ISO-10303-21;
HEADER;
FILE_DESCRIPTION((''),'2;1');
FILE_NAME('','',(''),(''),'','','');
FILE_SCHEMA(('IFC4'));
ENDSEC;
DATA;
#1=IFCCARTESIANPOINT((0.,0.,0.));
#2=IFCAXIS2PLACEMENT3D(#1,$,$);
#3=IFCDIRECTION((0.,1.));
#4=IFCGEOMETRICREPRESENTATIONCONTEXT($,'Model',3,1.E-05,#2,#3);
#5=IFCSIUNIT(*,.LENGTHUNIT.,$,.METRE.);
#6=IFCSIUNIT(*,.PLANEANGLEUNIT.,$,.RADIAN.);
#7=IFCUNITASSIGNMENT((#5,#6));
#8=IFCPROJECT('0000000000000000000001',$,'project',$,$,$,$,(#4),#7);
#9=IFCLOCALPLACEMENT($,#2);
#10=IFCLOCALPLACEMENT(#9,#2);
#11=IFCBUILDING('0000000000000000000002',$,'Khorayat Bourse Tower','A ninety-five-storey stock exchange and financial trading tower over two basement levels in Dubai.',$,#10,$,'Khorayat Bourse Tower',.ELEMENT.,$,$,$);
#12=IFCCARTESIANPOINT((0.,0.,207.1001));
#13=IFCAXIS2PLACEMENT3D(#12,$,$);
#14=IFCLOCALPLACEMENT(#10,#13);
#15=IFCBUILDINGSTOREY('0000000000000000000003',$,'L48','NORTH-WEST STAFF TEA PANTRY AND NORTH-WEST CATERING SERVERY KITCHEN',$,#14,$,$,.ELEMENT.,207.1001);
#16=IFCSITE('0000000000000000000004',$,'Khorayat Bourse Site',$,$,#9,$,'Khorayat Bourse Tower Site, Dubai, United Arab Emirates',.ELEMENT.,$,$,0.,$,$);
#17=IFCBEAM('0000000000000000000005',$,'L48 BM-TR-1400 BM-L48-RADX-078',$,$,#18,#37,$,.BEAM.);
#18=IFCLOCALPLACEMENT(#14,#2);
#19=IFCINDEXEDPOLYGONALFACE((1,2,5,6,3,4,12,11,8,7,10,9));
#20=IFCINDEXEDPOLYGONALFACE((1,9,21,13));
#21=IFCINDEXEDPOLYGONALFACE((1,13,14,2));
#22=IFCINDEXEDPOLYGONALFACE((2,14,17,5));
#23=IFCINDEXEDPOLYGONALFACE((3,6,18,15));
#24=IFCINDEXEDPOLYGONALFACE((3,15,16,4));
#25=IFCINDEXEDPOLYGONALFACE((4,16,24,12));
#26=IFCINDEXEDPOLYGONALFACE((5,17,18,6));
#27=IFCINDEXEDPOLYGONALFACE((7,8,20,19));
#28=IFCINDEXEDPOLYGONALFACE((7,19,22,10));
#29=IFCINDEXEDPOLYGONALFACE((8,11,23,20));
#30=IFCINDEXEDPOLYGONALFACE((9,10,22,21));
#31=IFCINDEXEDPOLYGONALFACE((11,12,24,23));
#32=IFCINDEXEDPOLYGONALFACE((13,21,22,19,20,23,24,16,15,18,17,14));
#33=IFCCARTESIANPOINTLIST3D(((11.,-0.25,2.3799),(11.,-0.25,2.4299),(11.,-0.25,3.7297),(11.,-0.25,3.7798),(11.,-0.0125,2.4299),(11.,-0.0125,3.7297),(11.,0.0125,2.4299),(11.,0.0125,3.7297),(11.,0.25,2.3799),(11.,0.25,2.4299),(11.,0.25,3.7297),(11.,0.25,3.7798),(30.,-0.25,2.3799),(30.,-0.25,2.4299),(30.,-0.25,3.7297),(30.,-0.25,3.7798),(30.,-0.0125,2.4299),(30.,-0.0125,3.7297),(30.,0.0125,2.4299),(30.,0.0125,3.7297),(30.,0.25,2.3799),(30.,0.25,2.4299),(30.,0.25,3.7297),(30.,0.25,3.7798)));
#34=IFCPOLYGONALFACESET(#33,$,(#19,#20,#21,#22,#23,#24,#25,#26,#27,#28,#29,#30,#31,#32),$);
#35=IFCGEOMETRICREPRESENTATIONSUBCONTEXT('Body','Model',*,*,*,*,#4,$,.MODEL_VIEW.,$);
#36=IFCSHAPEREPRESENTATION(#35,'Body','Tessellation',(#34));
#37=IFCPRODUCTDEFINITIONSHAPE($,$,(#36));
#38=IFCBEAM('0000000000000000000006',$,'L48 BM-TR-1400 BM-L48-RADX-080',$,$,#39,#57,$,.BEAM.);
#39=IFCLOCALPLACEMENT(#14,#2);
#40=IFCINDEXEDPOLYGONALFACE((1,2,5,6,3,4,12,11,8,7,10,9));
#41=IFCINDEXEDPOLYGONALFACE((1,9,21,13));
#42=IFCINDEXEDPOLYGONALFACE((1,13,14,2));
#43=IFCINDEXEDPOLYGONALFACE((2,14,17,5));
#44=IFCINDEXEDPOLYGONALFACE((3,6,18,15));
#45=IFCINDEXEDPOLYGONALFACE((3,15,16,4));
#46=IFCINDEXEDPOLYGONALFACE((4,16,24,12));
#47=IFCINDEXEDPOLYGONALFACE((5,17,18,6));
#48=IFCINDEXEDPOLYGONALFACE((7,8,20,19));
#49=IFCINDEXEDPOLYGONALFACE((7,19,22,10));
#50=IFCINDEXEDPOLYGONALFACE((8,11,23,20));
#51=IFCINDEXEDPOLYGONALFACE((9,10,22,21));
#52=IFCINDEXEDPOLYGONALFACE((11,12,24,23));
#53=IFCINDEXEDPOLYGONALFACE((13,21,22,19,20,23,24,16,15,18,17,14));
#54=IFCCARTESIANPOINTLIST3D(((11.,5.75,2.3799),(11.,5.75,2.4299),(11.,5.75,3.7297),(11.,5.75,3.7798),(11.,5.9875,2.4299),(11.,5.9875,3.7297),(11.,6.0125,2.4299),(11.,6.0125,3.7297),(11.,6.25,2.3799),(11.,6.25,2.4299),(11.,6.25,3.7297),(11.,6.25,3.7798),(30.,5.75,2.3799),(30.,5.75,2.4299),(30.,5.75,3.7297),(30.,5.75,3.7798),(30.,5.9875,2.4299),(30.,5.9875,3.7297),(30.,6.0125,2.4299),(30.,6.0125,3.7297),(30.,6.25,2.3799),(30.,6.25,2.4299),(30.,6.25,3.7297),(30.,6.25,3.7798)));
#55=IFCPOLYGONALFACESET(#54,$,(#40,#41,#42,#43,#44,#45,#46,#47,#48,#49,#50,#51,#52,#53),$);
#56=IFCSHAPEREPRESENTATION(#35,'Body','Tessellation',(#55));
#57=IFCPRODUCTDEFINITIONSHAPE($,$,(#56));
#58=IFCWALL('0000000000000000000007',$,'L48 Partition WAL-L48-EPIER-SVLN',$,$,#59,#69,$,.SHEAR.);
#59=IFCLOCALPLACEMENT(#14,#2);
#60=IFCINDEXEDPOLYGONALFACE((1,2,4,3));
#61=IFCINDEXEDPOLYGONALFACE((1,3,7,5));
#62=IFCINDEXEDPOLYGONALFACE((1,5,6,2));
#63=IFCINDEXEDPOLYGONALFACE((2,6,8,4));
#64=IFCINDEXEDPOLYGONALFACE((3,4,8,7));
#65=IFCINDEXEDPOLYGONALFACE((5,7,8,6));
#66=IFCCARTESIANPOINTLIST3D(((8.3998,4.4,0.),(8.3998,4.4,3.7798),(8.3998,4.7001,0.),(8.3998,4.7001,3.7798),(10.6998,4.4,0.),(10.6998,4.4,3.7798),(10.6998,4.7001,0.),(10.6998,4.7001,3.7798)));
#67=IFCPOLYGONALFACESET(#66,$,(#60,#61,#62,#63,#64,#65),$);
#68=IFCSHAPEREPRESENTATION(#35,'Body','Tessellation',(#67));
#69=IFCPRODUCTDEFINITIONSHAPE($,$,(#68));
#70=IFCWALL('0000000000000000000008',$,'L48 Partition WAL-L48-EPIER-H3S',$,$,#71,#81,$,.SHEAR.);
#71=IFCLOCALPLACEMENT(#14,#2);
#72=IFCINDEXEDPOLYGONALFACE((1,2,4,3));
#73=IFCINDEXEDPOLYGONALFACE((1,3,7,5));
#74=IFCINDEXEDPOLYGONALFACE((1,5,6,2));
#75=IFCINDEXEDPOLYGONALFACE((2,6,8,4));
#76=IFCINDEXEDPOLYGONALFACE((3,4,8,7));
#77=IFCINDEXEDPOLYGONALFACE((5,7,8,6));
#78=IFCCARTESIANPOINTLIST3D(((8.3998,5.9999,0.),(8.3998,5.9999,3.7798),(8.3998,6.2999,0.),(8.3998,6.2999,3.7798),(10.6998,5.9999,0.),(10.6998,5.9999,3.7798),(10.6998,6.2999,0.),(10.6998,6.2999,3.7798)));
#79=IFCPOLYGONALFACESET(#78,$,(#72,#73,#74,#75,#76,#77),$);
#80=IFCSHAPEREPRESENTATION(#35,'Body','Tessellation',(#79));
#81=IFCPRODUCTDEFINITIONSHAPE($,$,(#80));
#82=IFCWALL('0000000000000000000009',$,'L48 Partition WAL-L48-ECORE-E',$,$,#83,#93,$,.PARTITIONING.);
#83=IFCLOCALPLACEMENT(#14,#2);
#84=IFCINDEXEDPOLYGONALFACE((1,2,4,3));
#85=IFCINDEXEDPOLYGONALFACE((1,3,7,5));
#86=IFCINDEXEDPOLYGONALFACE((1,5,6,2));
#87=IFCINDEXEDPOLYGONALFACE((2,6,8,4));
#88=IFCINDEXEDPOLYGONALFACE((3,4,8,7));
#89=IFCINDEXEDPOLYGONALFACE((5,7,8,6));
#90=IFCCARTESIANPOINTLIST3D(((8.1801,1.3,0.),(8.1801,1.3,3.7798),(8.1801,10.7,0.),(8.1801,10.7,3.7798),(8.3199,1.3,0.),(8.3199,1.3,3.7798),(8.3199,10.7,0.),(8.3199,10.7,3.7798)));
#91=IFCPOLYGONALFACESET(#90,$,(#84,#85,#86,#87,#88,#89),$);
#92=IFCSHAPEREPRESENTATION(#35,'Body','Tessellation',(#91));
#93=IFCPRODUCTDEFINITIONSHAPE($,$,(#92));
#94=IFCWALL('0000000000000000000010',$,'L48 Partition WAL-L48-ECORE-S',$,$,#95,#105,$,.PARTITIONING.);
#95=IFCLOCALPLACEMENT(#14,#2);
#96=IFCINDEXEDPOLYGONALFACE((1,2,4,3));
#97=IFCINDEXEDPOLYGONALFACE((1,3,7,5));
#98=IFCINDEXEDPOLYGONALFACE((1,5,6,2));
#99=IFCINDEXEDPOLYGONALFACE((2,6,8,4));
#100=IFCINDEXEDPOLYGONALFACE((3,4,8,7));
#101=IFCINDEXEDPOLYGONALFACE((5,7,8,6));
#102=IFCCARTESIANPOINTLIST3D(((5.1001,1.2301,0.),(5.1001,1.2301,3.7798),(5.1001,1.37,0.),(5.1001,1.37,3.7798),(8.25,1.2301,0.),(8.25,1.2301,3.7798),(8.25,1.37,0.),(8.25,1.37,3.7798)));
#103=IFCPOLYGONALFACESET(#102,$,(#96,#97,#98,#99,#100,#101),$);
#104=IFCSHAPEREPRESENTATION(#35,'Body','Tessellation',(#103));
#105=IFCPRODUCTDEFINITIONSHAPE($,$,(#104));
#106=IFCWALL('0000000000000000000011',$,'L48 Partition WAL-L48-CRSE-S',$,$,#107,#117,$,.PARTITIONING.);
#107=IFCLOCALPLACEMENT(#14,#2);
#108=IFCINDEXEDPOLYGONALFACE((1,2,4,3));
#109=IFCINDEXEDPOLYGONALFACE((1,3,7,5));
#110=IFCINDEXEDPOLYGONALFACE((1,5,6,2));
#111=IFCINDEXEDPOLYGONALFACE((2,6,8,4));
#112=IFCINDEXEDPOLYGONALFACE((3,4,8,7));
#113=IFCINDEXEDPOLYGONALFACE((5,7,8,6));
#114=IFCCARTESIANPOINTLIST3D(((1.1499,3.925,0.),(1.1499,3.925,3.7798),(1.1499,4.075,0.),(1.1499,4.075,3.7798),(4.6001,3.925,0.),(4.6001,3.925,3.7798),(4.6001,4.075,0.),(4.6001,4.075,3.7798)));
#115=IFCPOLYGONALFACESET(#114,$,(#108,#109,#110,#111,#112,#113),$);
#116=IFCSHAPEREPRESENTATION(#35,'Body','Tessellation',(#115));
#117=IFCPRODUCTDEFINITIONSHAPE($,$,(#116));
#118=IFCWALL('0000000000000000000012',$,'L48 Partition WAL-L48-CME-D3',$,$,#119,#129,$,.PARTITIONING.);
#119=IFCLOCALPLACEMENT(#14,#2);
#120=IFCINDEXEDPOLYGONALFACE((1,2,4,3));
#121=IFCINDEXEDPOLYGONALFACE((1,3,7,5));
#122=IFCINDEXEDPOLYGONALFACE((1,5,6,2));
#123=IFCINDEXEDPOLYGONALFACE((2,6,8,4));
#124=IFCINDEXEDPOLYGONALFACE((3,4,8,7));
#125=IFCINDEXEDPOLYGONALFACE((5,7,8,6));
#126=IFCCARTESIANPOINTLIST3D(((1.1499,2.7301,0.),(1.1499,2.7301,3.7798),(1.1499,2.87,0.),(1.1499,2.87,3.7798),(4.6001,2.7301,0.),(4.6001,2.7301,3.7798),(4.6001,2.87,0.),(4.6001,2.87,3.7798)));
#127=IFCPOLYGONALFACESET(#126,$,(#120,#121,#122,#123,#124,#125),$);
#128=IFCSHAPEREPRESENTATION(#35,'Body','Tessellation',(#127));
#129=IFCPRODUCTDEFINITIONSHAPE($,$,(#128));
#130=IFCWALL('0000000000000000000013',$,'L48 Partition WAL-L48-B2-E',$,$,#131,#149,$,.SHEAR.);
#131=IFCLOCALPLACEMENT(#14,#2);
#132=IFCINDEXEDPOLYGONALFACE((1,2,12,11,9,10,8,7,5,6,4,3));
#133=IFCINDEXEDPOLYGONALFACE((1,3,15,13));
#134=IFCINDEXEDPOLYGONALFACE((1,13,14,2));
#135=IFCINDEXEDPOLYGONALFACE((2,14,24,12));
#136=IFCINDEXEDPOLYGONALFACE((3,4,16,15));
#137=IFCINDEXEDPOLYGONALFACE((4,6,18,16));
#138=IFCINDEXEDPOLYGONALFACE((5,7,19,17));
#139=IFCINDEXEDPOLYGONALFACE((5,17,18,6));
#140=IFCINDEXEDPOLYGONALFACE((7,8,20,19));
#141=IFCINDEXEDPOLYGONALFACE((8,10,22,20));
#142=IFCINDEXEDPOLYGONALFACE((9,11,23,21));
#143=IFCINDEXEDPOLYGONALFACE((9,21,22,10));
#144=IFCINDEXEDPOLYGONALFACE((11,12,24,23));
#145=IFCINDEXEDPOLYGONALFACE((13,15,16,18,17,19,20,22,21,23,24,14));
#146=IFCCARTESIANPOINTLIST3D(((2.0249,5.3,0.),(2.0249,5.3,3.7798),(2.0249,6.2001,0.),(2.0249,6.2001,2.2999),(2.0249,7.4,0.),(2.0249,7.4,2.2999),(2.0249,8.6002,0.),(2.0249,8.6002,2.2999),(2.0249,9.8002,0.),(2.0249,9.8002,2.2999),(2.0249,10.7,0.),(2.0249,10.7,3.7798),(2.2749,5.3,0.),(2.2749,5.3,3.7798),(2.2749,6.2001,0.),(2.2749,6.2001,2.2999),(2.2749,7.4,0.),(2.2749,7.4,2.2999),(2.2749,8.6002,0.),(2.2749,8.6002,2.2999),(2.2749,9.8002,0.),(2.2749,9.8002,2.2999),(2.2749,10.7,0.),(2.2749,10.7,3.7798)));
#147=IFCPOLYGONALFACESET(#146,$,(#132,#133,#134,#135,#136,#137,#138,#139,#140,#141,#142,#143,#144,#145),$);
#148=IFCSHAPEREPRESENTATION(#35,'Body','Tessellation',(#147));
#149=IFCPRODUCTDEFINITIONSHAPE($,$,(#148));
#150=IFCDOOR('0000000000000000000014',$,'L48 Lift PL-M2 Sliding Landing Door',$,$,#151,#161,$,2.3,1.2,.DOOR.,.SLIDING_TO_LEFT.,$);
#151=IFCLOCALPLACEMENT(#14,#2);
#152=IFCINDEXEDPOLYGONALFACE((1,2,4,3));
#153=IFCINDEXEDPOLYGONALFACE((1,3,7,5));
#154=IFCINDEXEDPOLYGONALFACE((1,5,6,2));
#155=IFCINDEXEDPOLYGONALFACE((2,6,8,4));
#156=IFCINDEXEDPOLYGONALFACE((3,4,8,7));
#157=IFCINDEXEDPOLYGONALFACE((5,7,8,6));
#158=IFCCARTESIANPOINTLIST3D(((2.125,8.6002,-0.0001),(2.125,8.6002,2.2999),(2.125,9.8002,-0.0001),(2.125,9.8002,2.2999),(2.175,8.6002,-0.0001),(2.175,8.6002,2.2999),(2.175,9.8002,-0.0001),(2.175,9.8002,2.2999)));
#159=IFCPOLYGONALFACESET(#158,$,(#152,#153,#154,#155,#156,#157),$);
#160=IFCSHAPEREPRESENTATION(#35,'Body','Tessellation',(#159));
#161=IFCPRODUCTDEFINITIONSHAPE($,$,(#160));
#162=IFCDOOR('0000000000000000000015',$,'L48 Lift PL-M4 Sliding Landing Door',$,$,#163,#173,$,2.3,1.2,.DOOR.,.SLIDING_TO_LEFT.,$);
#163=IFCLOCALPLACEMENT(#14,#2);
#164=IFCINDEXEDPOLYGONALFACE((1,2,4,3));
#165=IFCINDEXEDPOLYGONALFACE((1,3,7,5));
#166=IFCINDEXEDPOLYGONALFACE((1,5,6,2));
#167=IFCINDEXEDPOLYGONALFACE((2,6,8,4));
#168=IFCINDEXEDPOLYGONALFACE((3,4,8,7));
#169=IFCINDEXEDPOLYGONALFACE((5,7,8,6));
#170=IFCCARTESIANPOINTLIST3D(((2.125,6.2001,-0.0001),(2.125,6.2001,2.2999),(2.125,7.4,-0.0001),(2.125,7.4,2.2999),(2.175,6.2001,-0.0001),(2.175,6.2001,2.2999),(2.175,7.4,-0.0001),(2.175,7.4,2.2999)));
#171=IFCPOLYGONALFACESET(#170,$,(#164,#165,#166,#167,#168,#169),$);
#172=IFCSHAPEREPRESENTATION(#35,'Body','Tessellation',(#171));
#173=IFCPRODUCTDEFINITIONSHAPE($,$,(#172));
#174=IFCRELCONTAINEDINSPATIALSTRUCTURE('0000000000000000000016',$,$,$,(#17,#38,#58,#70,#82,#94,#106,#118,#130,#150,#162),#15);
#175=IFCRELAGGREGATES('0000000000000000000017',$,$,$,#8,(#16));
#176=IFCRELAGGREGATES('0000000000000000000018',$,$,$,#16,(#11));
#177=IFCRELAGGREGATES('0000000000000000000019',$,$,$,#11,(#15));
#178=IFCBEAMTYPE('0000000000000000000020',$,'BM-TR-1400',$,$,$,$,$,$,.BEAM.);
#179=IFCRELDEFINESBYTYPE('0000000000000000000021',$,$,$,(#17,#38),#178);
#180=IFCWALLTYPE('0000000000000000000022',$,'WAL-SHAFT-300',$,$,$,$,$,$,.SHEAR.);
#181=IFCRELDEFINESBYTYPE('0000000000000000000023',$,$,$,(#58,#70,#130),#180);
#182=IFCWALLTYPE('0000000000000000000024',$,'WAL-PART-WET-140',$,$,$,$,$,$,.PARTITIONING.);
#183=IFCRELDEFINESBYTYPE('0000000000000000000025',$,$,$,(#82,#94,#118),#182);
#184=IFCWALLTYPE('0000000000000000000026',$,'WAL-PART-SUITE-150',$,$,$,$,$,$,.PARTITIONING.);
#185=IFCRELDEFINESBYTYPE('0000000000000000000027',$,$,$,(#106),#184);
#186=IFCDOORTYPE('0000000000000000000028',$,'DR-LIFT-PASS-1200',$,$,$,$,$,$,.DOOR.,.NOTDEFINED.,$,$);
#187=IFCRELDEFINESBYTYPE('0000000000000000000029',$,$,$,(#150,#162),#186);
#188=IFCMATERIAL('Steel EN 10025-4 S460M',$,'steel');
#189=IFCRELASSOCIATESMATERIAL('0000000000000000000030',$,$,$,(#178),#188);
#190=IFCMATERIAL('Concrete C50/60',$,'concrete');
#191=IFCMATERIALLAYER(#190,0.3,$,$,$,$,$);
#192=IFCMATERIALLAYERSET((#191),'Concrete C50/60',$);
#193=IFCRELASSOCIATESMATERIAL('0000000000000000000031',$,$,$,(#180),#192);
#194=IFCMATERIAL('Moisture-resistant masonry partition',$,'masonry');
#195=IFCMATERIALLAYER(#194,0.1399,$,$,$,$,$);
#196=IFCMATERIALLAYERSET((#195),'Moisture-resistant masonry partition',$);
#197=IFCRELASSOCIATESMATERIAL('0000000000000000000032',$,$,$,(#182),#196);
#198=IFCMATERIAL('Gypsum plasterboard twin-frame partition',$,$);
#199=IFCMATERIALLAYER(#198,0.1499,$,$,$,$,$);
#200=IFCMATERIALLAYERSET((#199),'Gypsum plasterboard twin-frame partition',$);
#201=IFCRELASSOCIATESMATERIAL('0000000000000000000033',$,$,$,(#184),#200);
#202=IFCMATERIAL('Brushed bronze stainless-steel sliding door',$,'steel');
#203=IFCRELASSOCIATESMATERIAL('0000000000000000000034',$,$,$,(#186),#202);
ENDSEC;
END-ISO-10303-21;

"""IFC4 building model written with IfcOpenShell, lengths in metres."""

from ifc_helpers import new_model, si_unit, direction, frame, frame_2d, origin, origin_2d, place, context, subcontext, project, spatial, rectangle, i_section, extrude, source, transform, mapped, material, layer, layer_set, material_profile, profile_set, type_object, element, fill, save


model = new_model("IFC4")

# Units and contexts
model_context = context("Model", 3, precision=1e-05, world=origin(), true_north=direction((0.0, 1.0)))
body_context = subcontext(model_context, "Body", "Model", "MODEL_VIEW")
ifc_project = project(units=[si_unit("LENGTHUNIT", "METRE"), si_unit("PLANEANGLEUNIT", "RADIAN")], contexts=[model_context])

# Site, building, storey
site_placement = place(None, origin())
site = spatial("IfcSite", under=ifc_project, at=site_placement, Name="Khorayat Bourse Site", LongName="Khorayat Bourse Tower Site, Dubai, United Arab Emirates", CompositionType="ELEMENT", RefElevation=0.0)
building_placement = place(site_placement, origin())
building = spatial("IfcBuilding", under=site, at=building_placement, Name="Khorayat Bourse Tower", Description="A ninety-five-storey stock exchange and financial trading tower over two basement levels in Dubai.", LongName="Khorayat Bourse Tower", CompositionType="ELEMENT")
storey_placement = place(building_placement, frame((0.0, 0.0, 207.1001)))
storey = spatial("IfcBuildingStorey", under=building, at=storey_placement, Name="L48", Description="NORTH-WEST STAFF TEA PANTRY AND NORTH-WEST CATERING SERVERY KITCHEN", CompositionType="ELEMENT", Elevation=207.1001)

# Beams
ifc_material_1 = material(Name="Steel EN 10025-4 S460M", Category="steel")
ifc_material_profile_1 = material_profile(ifc_material_1, i_section(OverallWidth=0.5, OverallDepth=1.3999, WebThickness=0.0249, FlangeThickness=0.05, at=origin_2d()), Name="PG 1400x500x25x50")
ifc_profile_set_1 = profile_set([ifc_material_profile_1], Name="Steel EN 10025-4 S460M")
beam_type_1 = type_object("IfcBeamType", Name="BM-TR-1400", PredefinedType="BEAM", material=ifc_profile_set_1)
shared_shape_1 = source(origin(), body_context, "Body", "SweptSolid", [
    extrude(i_section(OverallWidth=0.5, OverallDepth=1.3999, WebThickness=0.0249, FlangeThickness=0.05, at=origin_2d()), origin(), (0.0, 0.0, 1.0), 19.0),
])
for number, where, z_axis, x_axis, name in (
    (1, (11.0, 0.0, 3.0798), (1.0, 0.0, 0.0), (0.0, 1.0, 0.0), "L48 BM-TR-1400 BM-L48-RADX-078"),
    (2, (11.0, 6.0, 3.0798), (1.0, 0.0, 0.0), (0.0, 1.0, 0.0), "L48 BM-TR-1400 BM-L48-RADX-080"),
):
    element("IfcBeam", number, at=place(storey_placement, frame(where, z_axis=z_axis, x_axis=x_axis)), inside=storey, type_object=beam_type_1, Name=name, PredefinedType="BEAM", context=body_context, shape_type="MappedRepresentation", body=[
        mapped(shared_shape_1, transform((0.0, 0.0, 0.0), scale=1.0)),
    ])

# Walls
ifc_material_2 = material(Name="Concrete C50/60", Category="concrete")
ifc_layer_1 = layer(ifc_material_2, 0.3)
ifc_layer_set_1 = layer_set([ifc_layer_1], Name="Concrete C50/60")
wall_type_1 = type_object("IfcWallType", Name="WAL-SHAFT-300", PredefinedType="SHEAR", material=ifc_layer_set_1)
shared_shape_2 = source(origin(), body_context, "Body", "SweptSolid", [
    extrude(rectangle(XDim=2.3, YDim=0.3, at=frame_2d((1.1499, 0.0))), origin(), (0.0, 0.0, 1.0), 3.7798),
])
for number, where, z_axis, x_axis, name in (
    (3, (8.3999, 4.55, 0.0), (0.0, 0.0, 1.0), (1.0, 0.0, 0.0), "L48 Partition WAL-L48-EPIER-SVLN"),
    (4, (8.3999, 6.1499, 0.0), (0.0, 0.0, 1.0), (1.0, 0.0, 0.0), "L48 Partition WAL-L48-EPIER-H3S"),
):
    element("IfcWall", number, at=place(storey_placement, frame(where, z_axis=z_axis, x_axis=x_axis)), inside=storey, type_object=wall_type_1, Name=name, PredefinedType="SHEAR", context=body_context, shape_type="MappedRepresentation", body=[
        mapped(shared_shape_2, transform((0.0, 0.0, 0.0), scale=1.0)),
    ])
ifc_material_3 = material(Name="Moisture-resistant masonry partition", Category="masonry")
ifc_layer_2 = layer(ifc_material_3, 0.1399)
ifc_layer_set_2 = layer_set([ifc_layer_2], Name="Moisture-resistant masonry partition")
wall_type_2 = type_object("IfcWallType", Name="WAL-PART-WET-140", PredefinedType="PARTITIONING", material=ifc_layer_set_2)
shared_shape_3 = source(origin(), body_context, "Body", "SweptSolid", [
    extrude(rectangle(XDim=9.3999, YDim=0.1399, at=frame_2d((4.7, 0.0))), origin(), (0.0, 0.0, 1.0), 3.7798),
])
wall_1_placement = place(storey_placement, frame((8.25, 1.3, 0.0), z_axis=(0.0, 0.0, 1.0), x_axis=(0.0, 1.0, 0.0)))
element("IfcWall", 5, at=wall_1_placement, inside=storey, type_object=wall_type_2, Name="L48 Partition WAL-L48-ECORE-E", PredefinedType="PARTITIONING", context=body_context, shape_type="MappedRepresentation", body=[
    mapped(shared_shape_3, transform((0.0, 0.0, 0.0), scale=1.0)),
])
shared_shape_4 = source(origin(), body_context, "Body", "SweptSolid", [
    extrude(rectangle(XDim=3.1499, YDim=0.1399, at=frame_2d((1.575, 0.0))), origin(), (0.0, 0.0, 1.0), 3.7798),
])
wall_2_placement = place(storey_placement, frame((5.1001, 1.3, 0.0), z_axis=(0.0, 0.0, 1.0), x_axis=(1.0, 0.0, 0.0)))
element("IfcWall", 6, at=wall_2_placement, inside=storey, type_object=wall_type_2, Name="L48 Partition WAL-L48-ECORE-S", PredefinedType="PARTITIONING", context=body_context, shape_type="MappedRepresentation", body=[
    mapped(shared_shape_4, transform((0.0, 0.0, 0.0), scale=1.0)),
])

# Walls
ifc_material_4 = material(Name="Gypsum plasterboard twin-frame partition")
ifc_layer_3 = layer(ifc_material_4, 0.1499)
ifc_layer_set_3 = layer_set([ifc_layer_3], Name="Gypsum plasterboard twin-frame partition")
wall_type_3 = type_object("IfcWallType", Name="WAL-PART-SUITE-150", PredefinedType="PARTITIONING", material=ifc_layer_set_3)
shared_shape_5 = source(origin(), body_context, "Body", "SweptSolid", [
    extrude(rectangle(XDim=3.4502, YDim=0.1499, at=frame_2d((1.7251, 0.0))), origin(), (0.0, 0.0, 1.0), 3.7798),
])
wall_3_placement = place(storey_placement, frame((1.1499, 4.0, 0.0), z_axis=(0.0, 0.0, 1.0), x_axis=(1.0, 0.0, 0.0)))
element("IfcWall", 7, at=wall_3_placement, inside=storey, type_object=wall_type_3, Name="L48 Partition WAL-L48-CRSE-S", PredefinedType="PARTITIONING", context=body_context, shape_type="MappedRepresentation", body=[
    mapped(shared_shape_5, transform((0.0, 0.0, 0.0), scale=1.0)),
])
shared_shape_6 = source(origin(), body_context, "Body", "SweptSolid", [
    extrude(rectangle(XDim=3.4502, YDim=0.1399, at=frame_2d((1.7251, 0.0))), origin(), (0.0, 0.0, 1.0), 3.7798),
])
wall_4_placement = place(storey_placement, frame((1.1499, 2.8, 0.0), z_axis=(0.0, 0.0, 1.0), x_axis=(1.0, 0.0, 0.0)))
element("IfcWall", 8, at=wall_4_placement, inside=storey, type_object=wall_type_2, Name="L48 Partition WAL-L48-CME-D3", PredefinedType="PARTITIONING", context=body_context, shape_type="MappedRepresentation", body=[
    mapped(shared_shape_6, transform((0.0, 0.0, 0.0), scale=1.0)),
])

# Wall, openings, doors
shared_shape_7 = source(origin(), body_context, "Body", "SweptSolid", [
    extrude(rectangle(XDim=5.3999, YDim=0.25, at=frame_2d((2.7, 0.0))), origin(), (0.0, 0.0, 1.0), 3.7798),
])
wall_5_placement = place(storey_placement, frame((2.1499, 5.3, 0.0), z_axis=(0.0, 0.0, 1.0), x_axis=(0.0, 1.0, 0.0)))
wall_5 = element("IfcWall", 9, at=wall_5_placement, inside=storey, type_object=wall_type_1, Name="L48 Partition WAL-L48-B2-E", PredefinedType="SHEAR", context=body_context, shape_type="MappedRepresentation", body=[
    mapped(shared_shape_7, transform((0.0, 0.0, 0.0), scale=1.0)),
])
shared_shape_8 = source(origin(), body_context, "Body", "SweptSolid", [
    extrude(rectangle(XDim=1.2, YDim=2.3, at=frame_2d((0.6001, 1.1499))), frame((0.0, 0.135, 0.0), z_axis=(0.0, -1.0, 0.0), x_axis=(1.0, 0.0, 0.0)), (0.0, 0.0, 1.0), 0.27),
])
opening_1_placement = place(wall_5_placement, frame((3.3, 0.0, 0.0)))
opening_1 = element("IfcOpeningElement", 10, at=opening_1_placement, cuts=wall_5, PredefinedType="OPENING", context=body_context, shape_type="MappedRepresentation", body=[
    mapped(shared_shape_8, transform((0.0, 0.0, 0.0), scale=1.0)),
])
opening_2_placement = place(wall_5_placement, frame((0.8999, 0.0, 0.0)))
opening_2 = element("IfcOpeningElement", 11, at=opening_2_placement, cuts=wall_5, PredefinedType="OPENING", context=body_context, shape_type="MappedRepresentation", body=[
    mapped(shared_shape_8, transform((0.0, 0.0, 0.0), scale=1.0)),
])
ifc_material_5 = material(Name="Brushed bronze stainless-steel sliding door", Category="steel")
door_type_1 = type_object("IfcDoorType", Name="DR-LIFT-PASS-1200", OperationType="NOTDEFINED", PredefinedType="DOOR", material=ifc_material_5)
shared_shape_9 = source(origin(), body_context, "Body", "SweptSolid", [
    extrude(rectangle(XDim=1.2, YDim=2.3, at=frame_2d((0.6001, 1.1499))), frame((0.0, 0.0249, 0.0), z_axis=(0.0, -1.0, 0.0), x_axis=(1.0, 0.0, 0.0)), (0.0, 0.0, 1.0), 0.05),
])
door_1_placement = place(opening_1_placement, origin())
door_1 = element("IfcDoor", 12, at=door_1_placement, inside=storey, type_object=door_type_1, Name="L48 Lift PL-M2 Sliding Landing Door", OperationType="SLIDING_TO_LEFT", OverallHeight=2.3, OverallWidth=1.2, PredefinedType="DOOR", context=body_context, shape_type="MappedRepresentation", body=[
    mapped(shared_shape_9, transform((0.0, 0.0, 0.0), scale=1.0)),
])
fill(opening_1, door_1)
door_2_placement = place(opening_2_placement, origin())
door_2 = element("IfcDoor", 13, at=door_2_placement, inside=storey, type_object=door_type_1, Name="L48 Lift PL-M4 Sliding Landing Door", OperationType="SLIDING_TO_LEFT", OverallHeight=2.3, OverallWidth=1.2, PredefinedType="DOOR", context=body_context, shape_type="MappedRepresentation", body=[
    mapped(shared_shape_9, transform((0.0, 0.0, 0.0), scale=1.0)),
])
fill(opening_2, door_2)

save(model, "model.ifc")
